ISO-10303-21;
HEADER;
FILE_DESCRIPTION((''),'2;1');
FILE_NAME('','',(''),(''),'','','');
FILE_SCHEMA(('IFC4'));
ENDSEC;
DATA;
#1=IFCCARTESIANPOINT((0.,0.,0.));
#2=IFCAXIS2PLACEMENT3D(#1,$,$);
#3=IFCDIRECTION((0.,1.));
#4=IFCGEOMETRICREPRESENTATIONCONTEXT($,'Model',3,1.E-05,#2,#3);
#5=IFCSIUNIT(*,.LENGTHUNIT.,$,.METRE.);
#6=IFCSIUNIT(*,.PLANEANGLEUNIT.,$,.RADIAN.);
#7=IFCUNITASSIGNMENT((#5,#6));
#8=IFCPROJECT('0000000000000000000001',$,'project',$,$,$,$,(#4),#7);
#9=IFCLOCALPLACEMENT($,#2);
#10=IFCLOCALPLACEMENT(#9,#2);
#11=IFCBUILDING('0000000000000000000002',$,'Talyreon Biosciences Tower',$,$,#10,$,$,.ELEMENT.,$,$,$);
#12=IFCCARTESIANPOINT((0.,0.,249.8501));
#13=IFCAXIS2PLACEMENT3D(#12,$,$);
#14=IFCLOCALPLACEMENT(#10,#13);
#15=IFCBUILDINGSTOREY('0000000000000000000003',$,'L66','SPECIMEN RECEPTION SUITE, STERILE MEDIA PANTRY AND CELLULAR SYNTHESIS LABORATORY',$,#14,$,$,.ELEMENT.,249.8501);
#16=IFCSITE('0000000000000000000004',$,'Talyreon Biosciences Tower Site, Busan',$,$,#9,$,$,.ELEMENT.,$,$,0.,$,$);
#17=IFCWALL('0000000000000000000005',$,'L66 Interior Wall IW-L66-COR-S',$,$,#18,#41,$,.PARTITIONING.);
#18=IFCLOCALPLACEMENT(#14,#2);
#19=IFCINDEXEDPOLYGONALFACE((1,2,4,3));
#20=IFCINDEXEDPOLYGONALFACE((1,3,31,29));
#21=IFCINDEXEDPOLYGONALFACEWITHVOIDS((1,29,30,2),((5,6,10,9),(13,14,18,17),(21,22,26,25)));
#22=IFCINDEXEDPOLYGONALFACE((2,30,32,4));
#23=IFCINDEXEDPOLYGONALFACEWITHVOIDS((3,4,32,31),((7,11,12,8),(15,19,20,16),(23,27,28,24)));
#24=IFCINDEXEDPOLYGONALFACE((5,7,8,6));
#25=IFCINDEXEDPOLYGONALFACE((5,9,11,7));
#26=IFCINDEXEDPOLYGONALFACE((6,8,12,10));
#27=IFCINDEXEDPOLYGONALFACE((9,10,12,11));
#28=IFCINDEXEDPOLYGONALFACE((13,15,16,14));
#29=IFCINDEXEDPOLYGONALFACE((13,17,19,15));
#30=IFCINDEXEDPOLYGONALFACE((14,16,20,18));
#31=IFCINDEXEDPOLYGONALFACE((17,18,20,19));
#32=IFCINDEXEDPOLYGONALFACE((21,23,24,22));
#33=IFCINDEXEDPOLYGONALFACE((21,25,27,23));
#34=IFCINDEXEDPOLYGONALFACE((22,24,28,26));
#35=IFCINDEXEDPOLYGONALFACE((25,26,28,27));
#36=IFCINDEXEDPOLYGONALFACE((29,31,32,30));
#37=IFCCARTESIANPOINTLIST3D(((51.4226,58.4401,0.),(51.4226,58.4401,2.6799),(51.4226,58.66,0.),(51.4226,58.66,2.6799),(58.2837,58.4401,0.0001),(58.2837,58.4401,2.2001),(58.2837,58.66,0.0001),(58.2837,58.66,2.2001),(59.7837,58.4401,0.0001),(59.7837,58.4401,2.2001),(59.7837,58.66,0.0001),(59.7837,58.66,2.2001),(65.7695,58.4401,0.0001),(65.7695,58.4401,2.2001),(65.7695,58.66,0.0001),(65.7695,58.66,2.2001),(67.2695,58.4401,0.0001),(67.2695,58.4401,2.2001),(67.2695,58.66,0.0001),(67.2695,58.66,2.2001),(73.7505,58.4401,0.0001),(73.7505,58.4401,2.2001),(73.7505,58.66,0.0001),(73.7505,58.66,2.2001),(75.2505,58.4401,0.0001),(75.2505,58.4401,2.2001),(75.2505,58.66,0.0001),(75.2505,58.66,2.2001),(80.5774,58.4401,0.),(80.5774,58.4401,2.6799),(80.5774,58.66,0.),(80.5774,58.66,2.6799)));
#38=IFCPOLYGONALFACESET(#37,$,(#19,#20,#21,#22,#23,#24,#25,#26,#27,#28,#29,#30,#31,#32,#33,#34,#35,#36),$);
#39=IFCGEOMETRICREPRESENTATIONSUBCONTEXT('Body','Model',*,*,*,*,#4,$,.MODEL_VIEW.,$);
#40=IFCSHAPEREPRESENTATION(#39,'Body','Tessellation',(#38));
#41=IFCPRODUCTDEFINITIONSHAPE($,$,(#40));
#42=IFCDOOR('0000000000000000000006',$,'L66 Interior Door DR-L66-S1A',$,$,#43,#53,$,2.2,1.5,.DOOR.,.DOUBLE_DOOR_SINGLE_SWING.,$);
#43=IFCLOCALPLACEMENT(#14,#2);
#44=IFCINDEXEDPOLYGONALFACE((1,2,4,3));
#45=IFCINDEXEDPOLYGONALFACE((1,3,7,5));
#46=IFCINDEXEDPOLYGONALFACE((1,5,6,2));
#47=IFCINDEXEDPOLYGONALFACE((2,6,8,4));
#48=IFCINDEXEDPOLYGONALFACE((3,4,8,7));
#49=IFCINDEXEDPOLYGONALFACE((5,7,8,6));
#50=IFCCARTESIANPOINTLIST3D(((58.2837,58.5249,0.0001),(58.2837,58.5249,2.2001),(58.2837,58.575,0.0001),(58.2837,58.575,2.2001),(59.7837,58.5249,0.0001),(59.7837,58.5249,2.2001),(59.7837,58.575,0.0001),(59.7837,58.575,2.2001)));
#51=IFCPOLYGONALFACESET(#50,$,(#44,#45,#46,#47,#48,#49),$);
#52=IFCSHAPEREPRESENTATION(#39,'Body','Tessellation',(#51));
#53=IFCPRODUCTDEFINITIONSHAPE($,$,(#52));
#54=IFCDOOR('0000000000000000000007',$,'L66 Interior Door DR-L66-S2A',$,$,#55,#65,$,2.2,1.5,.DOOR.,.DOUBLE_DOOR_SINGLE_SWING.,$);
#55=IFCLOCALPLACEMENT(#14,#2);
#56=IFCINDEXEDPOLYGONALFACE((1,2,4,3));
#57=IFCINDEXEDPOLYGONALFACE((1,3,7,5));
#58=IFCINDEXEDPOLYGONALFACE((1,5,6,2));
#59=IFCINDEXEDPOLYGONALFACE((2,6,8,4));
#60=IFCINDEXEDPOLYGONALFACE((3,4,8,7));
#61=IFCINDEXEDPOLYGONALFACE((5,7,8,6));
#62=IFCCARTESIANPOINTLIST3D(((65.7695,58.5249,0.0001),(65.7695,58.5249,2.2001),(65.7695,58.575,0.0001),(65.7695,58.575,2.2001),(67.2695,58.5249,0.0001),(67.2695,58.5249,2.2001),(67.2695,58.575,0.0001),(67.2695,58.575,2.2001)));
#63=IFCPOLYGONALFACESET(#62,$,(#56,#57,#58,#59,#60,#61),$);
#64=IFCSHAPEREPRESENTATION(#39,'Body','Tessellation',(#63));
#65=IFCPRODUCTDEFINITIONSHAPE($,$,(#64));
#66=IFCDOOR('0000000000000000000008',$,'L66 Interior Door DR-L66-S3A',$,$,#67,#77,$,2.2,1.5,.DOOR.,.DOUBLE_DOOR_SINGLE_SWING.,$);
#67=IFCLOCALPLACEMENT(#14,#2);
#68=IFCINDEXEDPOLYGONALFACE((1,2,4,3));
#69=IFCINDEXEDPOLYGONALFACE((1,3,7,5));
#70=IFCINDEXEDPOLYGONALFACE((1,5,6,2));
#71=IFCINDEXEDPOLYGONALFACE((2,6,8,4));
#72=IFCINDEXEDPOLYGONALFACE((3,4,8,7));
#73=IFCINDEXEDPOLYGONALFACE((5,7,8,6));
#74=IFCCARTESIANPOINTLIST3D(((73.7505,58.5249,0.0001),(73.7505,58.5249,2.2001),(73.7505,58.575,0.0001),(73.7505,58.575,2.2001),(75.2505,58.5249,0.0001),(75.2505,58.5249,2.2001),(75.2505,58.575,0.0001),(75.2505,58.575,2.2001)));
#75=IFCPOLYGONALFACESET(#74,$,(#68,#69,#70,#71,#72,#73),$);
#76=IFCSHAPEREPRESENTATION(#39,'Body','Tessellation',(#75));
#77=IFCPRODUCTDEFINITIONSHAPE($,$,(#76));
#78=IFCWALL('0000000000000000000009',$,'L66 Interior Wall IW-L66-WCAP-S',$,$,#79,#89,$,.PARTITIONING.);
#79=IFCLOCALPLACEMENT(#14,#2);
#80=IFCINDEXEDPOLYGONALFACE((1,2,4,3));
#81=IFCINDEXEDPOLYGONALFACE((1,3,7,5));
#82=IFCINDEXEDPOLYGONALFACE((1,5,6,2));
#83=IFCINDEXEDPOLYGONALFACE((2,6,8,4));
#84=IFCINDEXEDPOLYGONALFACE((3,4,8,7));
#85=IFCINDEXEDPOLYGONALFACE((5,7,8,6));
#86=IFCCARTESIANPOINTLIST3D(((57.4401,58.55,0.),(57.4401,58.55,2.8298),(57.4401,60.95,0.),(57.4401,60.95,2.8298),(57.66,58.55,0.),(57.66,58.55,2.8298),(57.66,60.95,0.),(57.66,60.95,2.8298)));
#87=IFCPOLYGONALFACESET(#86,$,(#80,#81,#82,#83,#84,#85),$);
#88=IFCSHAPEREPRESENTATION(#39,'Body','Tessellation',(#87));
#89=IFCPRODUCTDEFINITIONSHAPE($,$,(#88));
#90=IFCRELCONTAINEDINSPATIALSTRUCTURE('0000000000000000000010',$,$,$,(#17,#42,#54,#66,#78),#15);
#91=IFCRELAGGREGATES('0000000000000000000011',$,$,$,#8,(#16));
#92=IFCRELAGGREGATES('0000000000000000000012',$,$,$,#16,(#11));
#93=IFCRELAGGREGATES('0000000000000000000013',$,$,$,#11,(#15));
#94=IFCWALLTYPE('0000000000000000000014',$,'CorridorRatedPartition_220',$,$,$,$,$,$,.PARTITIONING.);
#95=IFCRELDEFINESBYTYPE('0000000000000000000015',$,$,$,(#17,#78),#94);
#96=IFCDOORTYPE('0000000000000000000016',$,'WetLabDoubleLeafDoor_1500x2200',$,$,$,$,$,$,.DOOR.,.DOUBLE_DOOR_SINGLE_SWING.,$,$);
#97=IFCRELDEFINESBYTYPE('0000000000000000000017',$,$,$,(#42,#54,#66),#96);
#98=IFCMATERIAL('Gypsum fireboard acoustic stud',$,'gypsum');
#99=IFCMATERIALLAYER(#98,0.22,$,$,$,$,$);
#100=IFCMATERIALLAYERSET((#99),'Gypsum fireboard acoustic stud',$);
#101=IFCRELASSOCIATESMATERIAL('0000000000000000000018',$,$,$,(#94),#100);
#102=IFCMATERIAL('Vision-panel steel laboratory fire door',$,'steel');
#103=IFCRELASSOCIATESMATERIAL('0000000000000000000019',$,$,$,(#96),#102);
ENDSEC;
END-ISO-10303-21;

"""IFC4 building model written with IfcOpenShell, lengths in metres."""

from ifc_helpers import new_model, si_unit, direction, frame, frame_2d, origin, place, context, subcontext, project, spatial, rectangle, extrude, material, layer, layer_set, type_object, element, fill, save


model = new_model("IFC4")

# Units and contexts
model_context = context("Model", 3, precision=1e-05, world=origin(), true_north=direction((0.0, 1.0)))
body_context = subcontext(model_context, "Body", "Model", "MODEL_VIEW")
ifc_project = project(units=[si_unit("LENGTHUNIT", "METRE"), si_unit("PLANEANGLEUNIT", "RADIAN")], contexts=[model_context])

# Site, building, storey
site_placement = place(None, origin())
site = spatial("IfcSite", under=ifc_project, at=site_placement, Name="Talyreon Biosciences Tower Site, Busan", CompositionType="ELEMENT", RefElevation=0.0)
building_placement = place(site_placement, origin())
building = spatial("IfcBuilding", under=site, at=building_placement, Name="Talyreon Biosciences Tower", CompositionType="ELEMENT")
storey_placement = place(building_placement, frame((0.0, 0.0, 249.8501)))
storey = spatial("IfcBuildingStorey", under=building, at=storey_placement, Name="L66", Description="SPECIMEN RECEPTION SUITE, STERILE MEDIA PANTRY AND CELLULAR SYNTHESIS LABORATORY", CompositionType="ELEMENT", Elevation=249.8501)

# Wall, openings, doors
ifc_material_1 = material(Name="Gypsum fireboard acoustic stud", Category="gypsum")
ifc_layer_1 = layer(ifc_material_1, 0.22)
ifc_layer_set_1 = layer_set([ifc_layer_1], Name="Gypsum fireboard acoustic stud")
wall_type = type_object("IfcWallType", Name="CorridorRatedPartition_220", PredefinedType="PARTITIONING", material=ifc_layer_set_1)
wall_1_placement = place(storey_placement, frame((51.4226, 58.55, 0.0), z_axis=(0.0, 0.0, 1.0), x_axis=(1.0, 0.0, 0.0)))
wall_1 = element("IfcWall", 1, at=wall_1_placement, inside=storey, type_object=wall_type, Name="L66 Interior Wall IW-L66-COR-S", PredefinedType="PARTITIONING", context=body_context, shape_type="SweptSolid", body=[
    extrude(rectangle(XDim=29.1548, YDim=0.22, at=frame_2d((14.5774, 0.0))), origin(), (0.0, 0.0, 1.0), 2.6799),
])
opening_1_placement = place(wall_1_placement, frame((6.8611, 0.0, 0.0)))
opening_1 = element("IfcOpeningElement", 2, at=opening_1_placement, cuts=wall_1, PredefinedType="OPENING", context=body_context, shape_type="SweptSolid", body=[
    extrude(rectangle(XDim=1.5, YDim=2.2, at=frame_2d((0.75, 1.1001))), frame((0.0, 0.1199, 0.0), z_axis=(0.0, -1.0, 0.0), x_axis=(1.0, 0.0, 0.0)), (0.0, 0.0, 1.0), 0.24),
])
opening_2_placement = place(wall_1_placement, frame((14.3469, 0.0, 0.0)))
opening_2 = element("IfcOpeningElement", 3, at=opening_2_placement, cuts=wall_1, PredefinedType="OPENING", context=body_context, shape_type="SweptSolid", body=[
    extrude(rectangle(XDim=1.5, YDim=2.2, at=frame_2d((0.75, 1.1001))), frame((0.0, 0.1199, 0.0), z_axis=(0.0, -1.0, 0.0), x_axis=(1.0, 0.0, 0.0)), (0.0, 0.0, 1.0), 0.24),
])
opening_3_placement = place(wall_1_placement, frame((22.3279, 0.0, 0.0)))
opening_3 = element("IfcOpeningElement", 4, at=opening_3_placement, cuts=wall_1, PredefinedType="OPENING", context=body_context, shape_type="SweptSolid", body=[
    extrude(rectangle(XDim=1.5, YDim=2.2, at=frame_2d((0.75, 1.1001))), frame((0.0, 0.1199, 0.0), z_axis=(0.0, -1.0, 0.0), x_axis=(1.0, 0.0, 0.0)), (0.0, 0.0, 1.0), 0.24),
])
ifc_material_2 = material(Name="Vision-panel steel laboratory fire door", Category="steel")
door_type = type_object("IfcDoorType", Name="WetLabDoubleLeafDoor_1500x2200", OperationType="DOUBLE_DOOR_SINGLE_SWING", PredefinedType="DOOR", material=ifc_material_2)
door_1_placement = place(opening_1_placement, origin())
door_1 = element("IfcDoor", 5, at=door_1_placement, inside=storey, type_object=door_type, Name="L66 Interior Door DR-L66-S1A", OperationType="DOUBLE_DOOR_SINGLE_SWING", OverallHeight=2.2, OverallWidth=1.5, PredefinedType="DOOR", context=body_context, shape_type="SweptSolid", body=[
    extrude(rectangle(XDim=1.5, YDim=2.2, at=frame_2d((0.75, 1.1001))), frame((0.0, 0.0249, 0.0), z_axis=(0.0, -1.0, 0.0), x_axis=(1.0, 0.0, 0.0)), (0.0, 0.0, 1.0), 0.05),
])
fill(opening_1, door_1)
door_2_placement = place(opening_2_placement, origin())
door_2 = element("IfcDoor", 6, at=door_2_placement, inside=storey, type_object=door_type, Name="L66 Interior Door DR-L66-S2A", OperationType="DOUBLE_DOOR_SINGLE_SWING", OverallHeight=2.2, OverallWidth=1.5, PredefinedType="DOOR", context=body_context, shape_type="SweptSolid", body=[
    extrude(rectangle(XDim=1.5, YDim=2.2, at=frame_2d((0.75, 1.1001))), frame((0.0, 0.0249, 0.0), z_axis=(0.0, -1.0, 0.0), x_axis=(1.0, 0.0, 0.0)), (0.0, 0.0, 1.0), 0.05),
])
fill(opening_2, door_2)
door_3_placement = place(opening_3_placement, origin())
door_3 = element("IfcDoor", 7, at=door_3_placement, inside=storey, type_object=door_type, Name="L66 Interior Door DR-L66-S3A", OperationType="DOUBLE_DOOR_SINGLE_SWING", OverallHeight=2.2, OverallWidth=1.5, PredefinedType="DOOR", context=body_context, shape_type="SweptSolid", body=[
    extrude(rectangle(XDim=1.5, YDim=2.2, at=frame_2d((0.75, 1.1001))), frame((0.0, 0.0249, 0.0), z_axis=(0.0, -1.0, 0.0), x_axis=(1.0, 0.0, 0.0)), (0.0, 0.0, 1.0), 0.05),
])
fill(opening_3, door_3)

# Wall
wall_2_placement = place(storey_placement, frame((57.55, 58.55, 0.0), z_axis=(0.0, 0.0, 1.0), x_axis=(0.0, 1.0, 0.0)))
element("IfcWall", 8, at=wall_2_placement, inside=storey, type_object=wall_type, Name="L66 Interior Wall IW-L66-WCAP-S", PredefinedType="PARTITIONING", context=body_context, shape_type="SweptSolid", body=[
    extrude(rectangle(XDim=2.3999, YDim=0.22, at=frame_2d((1.2, 0.0))), origin(), (0.0, 0.0, 1.0), 2.8298),
])

save(model, "model.ifc")
